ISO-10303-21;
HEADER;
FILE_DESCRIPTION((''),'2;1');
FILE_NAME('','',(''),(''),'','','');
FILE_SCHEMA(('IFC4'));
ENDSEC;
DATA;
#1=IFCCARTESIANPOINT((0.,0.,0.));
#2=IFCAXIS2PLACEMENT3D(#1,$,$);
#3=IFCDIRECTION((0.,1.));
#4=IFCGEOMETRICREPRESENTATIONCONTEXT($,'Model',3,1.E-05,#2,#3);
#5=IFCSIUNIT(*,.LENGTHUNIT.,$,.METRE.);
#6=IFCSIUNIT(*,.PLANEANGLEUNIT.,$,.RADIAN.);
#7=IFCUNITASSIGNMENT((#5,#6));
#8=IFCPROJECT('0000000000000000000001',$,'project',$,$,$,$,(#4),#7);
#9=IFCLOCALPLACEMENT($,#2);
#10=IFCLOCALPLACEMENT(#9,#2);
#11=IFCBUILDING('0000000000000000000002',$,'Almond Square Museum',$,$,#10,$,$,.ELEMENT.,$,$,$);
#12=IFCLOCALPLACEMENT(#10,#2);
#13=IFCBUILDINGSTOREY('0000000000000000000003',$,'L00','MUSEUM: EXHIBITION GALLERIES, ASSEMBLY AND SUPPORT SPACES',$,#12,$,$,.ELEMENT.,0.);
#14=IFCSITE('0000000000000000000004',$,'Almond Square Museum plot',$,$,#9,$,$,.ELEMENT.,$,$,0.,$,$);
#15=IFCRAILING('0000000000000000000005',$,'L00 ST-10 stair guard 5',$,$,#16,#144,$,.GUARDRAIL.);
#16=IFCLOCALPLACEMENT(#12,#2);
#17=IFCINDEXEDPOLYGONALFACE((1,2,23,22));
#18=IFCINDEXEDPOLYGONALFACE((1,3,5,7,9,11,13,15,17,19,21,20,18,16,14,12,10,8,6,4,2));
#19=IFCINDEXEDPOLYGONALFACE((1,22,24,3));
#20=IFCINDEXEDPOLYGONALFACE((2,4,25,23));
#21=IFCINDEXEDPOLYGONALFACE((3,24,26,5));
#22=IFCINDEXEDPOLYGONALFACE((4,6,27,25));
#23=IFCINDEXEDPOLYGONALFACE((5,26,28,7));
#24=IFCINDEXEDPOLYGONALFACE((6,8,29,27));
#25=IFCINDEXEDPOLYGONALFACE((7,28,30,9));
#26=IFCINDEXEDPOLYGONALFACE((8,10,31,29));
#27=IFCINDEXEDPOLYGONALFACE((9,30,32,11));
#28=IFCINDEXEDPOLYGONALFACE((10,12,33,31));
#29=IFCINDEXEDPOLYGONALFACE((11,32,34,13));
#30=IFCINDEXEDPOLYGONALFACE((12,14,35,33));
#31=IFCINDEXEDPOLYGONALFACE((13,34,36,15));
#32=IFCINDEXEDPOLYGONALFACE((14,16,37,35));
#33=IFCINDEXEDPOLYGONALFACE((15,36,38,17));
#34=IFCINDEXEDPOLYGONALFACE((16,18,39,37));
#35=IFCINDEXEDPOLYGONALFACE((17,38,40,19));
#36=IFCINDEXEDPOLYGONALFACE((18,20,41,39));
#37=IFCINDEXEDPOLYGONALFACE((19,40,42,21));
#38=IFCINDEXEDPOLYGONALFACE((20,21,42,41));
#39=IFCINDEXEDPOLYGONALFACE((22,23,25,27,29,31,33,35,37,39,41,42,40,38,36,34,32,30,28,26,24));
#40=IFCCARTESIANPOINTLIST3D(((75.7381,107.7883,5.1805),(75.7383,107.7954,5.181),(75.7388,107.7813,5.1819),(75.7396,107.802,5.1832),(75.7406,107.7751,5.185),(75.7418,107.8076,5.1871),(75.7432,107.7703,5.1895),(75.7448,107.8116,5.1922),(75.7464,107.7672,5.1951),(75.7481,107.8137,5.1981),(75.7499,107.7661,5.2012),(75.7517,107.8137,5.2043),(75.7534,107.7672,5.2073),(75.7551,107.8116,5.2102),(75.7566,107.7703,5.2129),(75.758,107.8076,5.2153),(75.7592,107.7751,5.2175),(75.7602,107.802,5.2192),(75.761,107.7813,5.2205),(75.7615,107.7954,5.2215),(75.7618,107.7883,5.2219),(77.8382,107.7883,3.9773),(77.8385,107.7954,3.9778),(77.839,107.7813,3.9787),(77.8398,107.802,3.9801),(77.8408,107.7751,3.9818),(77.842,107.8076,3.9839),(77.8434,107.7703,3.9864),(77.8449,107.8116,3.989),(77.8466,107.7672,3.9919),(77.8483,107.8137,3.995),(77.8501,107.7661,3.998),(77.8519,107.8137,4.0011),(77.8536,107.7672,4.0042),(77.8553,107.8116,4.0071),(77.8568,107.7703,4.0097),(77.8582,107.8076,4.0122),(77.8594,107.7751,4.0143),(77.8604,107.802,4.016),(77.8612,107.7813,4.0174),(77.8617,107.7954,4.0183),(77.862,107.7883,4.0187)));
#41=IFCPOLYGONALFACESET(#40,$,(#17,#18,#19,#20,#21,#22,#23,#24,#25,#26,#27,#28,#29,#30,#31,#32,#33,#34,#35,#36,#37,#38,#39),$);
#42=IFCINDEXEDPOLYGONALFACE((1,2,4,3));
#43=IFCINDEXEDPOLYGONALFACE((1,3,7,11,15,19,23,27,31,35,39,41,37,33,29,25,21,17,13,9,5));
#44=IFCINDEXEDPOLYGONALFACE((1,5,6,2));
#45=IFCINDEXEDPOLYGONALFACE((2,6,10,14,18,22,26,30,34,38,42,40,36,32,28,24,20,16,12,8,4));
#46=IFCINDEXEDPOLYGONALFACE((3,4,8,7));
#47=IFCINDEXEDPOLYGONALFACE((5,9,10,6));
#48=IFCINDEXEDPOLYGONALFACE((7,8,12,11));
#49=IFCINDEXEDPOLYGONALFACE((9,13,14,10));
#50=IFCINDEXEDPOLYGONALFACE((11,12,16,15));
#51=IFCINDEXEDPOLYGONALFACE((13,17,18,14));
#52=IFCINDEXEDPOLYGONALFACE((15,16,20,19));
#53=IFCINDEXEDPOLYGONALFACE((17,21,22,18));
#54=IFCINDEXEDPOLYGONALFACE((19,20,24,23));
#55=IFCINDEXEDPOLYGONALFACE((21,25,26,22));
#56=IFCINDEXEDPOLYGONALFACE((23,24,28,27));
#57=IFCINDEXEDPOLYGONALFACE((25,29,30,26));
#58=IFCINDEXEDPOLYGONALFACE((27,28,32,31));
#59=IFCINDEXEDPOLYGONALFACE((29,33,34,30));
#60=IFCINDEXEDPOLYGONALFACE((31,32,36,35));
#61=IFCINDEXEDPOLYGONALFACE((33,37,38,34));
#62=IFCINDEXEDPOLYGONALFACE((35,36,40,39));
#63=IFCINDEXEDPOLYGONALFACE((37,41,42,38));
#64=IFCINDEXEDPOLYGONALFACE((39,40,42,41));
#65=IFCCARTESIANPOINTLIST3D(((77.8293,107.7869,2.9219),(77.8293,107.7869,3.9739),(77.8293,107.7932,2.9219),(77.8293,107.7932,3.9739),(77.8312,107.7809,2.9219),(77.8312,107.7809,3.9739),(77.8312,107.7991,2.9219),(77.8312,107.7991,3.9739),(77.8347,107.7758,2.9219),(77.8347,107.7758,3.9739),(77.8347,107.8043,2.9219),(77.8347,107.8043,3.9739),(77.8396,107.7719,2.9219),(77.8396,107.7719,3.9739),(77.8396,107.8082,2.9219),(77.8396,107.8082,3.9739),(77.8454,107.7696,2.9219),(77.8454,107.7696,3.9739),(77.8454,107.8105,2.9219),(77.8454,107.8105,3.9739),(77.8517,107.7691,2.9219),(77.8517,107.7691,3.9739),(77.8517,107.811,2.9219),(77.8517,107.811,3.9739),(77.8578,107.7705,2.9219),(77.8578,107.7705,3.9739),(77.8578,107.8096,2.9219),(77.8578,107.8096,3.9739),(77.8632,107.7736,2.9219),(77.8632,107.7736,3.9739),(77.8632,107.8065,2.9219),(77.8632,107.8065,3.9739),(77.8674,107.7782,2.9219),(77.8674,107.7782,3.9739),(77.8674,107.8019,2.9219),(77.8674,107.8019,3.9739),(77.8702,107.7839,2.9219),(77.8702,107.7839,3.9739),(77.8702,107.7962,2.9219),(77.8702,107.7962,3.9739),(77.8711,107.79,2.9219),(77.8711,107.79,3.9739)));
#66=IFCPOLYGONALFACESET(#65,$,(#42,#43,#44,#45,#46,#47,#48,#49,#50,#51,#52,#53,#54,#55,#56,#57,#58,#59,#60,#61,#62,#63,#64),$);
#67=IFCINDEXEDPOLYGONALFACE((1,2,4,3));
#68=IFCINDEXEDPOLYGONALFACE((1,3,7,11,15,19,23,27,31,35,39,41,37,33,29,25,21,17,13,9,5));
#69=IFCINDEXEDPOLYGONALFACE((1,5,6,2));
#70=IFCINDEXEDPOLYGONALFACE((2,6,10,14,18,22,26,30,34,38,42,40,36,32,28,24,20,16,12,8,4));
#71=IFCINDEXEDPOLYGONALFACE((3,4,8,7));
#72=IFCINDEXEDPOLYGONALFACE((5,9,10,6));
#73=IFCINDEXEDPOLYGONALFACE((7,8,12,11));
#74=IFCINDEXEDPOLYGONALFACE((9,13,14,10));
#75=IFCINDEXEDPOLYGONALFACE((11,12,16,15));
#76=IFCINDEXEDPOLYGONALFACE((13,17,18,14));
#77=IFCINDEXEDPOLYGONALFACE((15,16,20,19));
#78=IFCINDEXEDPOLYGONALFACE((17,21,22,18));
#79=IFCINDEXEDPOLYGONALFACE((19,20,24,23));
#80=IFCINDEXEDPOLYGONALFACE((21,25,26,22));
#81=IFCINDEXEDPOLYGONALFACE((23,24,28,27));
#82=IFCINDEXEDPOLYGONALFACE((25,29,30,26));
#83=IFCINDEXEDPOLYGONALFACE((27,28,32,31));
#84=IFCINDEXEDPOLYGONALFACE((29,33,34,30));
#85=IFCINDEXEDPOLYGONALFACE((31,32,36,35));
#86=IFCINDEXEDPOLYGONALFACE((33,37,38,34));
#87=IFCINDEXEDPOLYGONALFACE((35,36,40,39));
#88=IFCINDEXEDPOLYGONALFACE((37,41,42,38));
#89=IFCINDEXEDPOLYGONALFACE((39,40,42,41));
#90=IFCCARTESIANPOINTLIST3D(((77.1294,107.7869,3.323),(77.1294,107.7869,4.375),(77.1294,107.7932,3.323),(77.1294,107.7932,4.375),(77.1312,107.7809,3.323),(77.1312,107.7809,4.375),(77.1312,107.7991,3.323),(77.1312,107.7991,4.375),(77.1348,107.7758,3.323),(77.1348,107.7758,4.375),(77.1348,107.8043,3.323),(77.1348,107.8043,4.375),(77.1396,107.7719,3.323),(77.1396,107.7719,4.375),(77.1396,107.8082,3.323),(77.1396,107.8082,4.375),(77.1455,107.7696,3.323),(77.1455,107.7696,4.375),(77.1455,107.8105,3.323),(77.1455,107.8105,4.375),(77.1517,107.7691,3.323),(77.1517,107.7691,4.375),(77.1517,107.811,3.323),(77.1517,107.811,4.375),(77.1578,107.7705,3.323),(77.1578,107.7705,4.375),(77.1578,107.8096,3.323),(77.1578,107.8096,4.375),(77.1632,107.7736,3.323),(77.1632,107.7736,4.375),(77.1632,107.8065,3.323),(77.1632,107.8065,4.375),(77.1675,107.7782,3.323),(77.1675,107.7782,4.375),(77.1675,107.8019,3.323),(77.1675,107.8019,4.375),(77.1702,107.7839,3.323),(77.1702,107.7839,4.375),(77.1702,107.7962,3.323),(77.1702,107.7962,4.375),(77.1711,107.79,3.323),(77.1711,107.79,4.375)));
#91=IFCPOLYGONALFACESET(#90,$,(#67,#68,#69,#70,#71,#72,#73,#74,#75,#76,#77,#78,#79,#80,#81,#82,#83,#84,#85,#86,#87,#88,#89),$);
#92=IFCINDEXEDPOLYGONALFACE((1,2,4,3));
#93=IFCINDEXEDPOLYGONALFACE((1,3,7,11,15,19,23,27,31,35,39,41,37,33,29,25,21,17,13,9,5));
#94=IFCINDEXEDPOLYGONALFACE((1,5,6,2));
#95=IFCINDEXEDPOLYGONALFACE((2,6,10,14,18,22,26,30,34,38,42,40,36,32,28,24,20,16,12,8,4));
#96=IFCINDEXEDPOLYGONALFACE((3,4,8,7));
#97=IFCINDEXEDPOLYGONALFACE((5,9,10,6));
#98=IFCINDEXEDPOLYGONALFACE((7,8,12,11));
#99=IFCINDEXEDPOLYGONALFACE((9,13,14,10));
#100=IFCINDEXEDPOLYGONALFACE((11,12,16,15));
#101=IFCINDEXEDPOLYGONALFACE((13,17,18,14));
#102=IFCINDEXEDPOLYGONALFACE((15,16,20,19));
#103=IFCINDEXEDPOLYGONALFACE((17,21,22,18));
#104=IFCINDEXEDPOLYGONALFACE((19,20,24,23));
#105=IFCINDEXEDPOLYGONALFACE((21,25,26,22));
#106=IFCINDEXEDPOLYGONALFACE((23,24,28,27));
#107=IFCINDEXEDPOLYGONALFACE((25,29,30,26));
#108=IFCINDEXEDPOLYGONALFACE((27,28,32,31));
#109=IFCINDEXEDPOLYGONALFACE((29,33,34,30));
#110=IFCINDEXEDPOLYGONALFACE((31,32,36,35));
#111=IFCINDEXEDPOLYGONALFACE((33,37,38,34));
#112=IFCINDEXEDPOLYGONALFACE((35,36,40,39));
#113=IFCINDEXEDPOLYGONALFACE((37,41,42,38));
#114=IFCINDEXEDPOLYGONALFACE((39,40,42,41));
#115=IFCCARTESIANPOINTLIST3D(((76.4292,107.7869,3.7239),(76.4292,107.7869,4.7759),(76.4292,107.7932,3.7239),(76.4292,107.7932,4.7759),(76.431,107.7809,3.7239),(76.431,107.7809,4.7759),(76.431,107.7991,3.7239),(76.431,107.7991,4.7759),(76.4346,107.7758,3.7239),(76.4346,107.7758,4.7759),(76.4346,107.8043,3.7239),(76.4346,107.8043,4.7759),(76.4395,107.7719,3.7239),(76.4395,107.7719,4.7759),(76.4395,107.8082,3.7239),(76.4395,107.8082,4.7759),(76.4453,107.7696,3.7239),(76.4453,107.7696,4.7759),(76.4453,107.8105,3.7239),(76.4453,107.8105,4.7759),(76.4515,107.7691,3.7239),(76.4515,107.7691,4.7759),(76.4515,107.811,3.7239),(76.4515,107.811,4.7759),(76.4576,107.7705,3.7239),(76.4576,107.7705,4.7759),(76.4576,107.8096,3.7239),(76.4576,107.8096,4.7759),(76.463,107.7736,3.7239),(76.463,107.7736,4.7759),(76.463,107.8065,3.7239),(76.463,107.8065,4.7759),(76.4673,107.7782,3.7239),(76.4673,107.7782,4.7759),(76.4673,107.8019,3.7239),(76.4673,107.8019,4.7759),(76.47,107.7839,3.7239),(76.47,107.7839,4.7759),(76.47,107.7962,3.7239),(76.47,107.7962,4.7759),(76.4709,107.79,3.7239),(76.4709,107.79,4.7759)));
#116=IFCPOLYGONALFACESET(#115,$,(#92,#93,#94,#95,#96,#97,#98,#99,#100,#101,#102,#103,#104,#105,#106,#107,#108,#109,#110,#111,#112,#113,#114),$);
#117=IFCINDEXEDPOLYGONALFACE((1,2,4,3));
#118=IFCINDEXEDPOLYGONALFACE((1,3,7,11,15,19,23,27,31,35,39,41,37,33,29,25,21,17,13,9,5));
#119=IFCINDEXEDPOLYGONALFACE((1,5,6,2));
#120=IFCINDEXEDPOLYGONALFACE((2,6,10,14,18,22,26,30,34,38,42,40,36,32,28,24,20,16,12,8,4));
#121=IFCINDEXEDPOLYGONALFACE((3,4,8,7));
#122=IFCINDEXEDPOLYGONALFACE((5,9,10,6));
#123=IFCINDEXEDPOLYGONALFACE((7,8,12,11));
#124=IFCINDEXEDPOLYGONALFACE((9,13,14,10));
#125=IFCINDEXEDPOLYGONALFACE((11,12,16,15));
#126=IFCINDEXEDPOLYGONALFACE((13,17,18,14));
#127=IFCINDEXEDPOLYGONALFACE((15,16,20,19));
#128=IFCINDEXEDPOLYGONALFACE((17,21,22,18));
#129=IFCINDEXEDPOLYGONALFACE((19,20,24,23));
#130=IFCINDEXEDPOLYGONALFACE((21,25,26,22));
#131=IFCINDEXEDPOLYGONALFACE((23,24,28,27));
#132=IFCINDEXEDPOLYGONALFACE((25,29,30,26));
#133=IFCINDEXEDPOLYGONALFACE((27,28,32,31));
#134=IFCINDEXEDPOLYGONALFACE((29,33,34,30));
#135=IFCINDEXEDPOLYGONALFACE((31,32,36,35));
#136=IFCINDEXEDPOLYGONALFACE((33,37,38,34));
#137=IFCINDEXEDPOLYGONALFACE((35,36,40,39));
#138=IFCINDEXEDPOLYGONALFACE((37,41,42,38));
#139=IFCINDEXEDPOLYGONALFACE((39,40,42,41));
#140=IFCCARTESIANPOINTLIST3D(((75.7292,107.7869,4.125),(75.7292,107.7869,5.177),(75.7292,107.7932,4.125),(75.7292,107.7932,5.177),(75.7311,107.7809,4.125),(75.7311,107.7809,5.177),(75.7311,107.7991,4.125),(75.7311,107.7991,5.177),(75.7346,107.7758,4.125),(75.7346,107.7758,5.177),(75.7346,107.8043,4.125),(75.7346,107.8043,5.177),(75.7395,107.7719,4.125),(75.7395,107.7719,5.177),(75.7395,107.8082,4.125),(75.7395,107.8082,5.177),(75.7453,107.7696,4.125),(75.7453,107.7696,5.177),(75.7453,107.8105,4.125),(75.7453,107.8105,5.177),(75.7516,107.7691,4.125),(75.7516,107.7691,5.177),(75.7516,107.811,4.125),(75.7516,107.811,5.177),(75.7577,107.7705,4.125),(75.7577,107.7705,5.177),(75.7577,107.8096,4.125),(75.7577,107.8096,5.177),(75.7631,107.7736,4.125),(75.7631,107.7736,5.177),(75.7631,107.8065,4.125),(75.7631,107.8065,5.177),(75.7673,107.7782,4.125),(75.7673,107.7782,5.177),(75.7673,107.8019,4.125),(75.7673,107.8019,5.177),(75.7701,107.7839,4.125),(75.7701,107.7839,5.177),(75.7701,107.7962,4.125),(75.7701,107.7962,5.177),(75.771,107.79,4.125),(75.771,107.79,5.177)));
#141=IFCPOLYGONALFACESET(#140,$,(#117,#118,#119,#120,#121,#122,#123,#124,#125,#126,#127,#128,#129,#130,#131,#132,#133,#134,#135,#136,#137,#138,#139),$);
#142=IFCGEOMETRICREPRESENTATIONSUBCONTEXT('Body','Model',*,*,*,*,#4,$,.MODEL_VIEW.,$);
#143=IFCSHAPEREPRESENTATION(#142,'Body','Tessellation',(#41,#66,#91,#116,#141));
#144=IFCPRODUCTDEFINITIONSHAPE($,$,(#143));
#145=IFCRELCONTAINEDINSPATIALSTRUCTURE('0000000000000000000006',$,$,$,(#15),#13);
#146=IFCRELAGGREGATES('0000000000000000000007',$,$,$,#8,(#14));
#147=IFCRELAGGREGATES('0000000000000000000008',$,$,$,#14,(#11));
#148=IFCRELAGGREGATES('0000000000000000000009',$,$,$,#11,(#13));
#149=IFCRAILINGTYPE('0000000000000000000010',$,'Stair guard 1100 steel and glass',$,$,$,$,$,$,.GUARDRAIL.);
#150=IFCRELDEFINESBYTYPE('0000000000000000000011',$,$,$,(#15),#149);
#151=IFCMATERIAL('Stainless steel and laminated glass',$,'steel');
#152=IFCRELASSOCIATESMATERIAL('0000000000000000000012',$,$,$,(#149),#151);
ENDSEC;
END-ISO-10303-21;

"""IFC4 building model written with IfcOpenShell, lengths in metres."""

from ifc_helpers import new_model, si_unit, direction, frame, origin, origin_2d, place, context, subcontext, project, spatial, circle, extrude, material, type_object, element, save


model = new_model("IFC4")

# Units and contexts
model_context = context("Model", 3, precision=1e-05, world=origin(), true_north=direction((0.0, 1.0)))
body_context = subcontext(model_context, "Body", "Model", "MODEL_VIEW")
ifc_project = project(units=[si_unit("LENGTHUNIT", "METRE"), si_unit("PLANEANGLEUNIT", "RADIAN")], contexts=[model_context])

# Site, building, storey
site_placement = place(None, origin())
site = spatial("IfcSite", under=ifc_project, at=site_placement, Name="Almond Square Museum plot", CompositionType="ELEMENT", RefElevation=0.0)
building_placement = place(site_placement, origin())
building = spatial("IfcBuilding", under=site, at=building_placement, Name="Almond Square Museum", CompositionType="ELEMENT")
storey_placement = place(building_placement, origin())
storey = spatial("IfcBuildingStorey", under=building, at=storey_placement, Name="L00", Description="MUSEUM: EXHIBITION GALLERIES, ASSEMBLY AND SUPPORT SPACES", CompositionType="ELEMENT", Elevation=0.0)

# Railing
ifc_material_1 = material(Name="Stainless steel and laminated glass", Category="steel")
railing_type_1 = type_object("IfcRailingType", Name="Stair guard 1100 steel and glass", PredefinedType="GUARDRAIL", material=ifc_material_1)
railing_1_placement = place(storey_placement, frame((77.8501, 107.79, 2.9219)))
element("IfcRailing", 1, at=railing_1_placement, inside=storey, type_object=railing_type_1, Name="L00 ST-10 stair guard 5", PredefinedType="GUARDRAIL", context=body_context, shape_type="SweptSolid", body=[
    extrude(circle(Radius=0.0239, at=origin_2d()), frame((0.0, 0.0, 1.0762), z_axis=(-0.867696, 0.0, 0.497095), x_axis=(0.0, -1.0, 0.0)), (0.0, 0.0, 1.0), 2.4204),
    extrude(circle(Radius=0.021, at=origin_2d()), origin(), (0.0, 0.0, 1.0), 1.052),
    extrude(circle(Radius=0.021, at=origin_2d()), frame((-0.7, 0.0, 0.4011)), (0.0, 0.0, 1.0), 1.052),
    extrude(circle(Radius=0.021, at=origin_2d()), frame((-1.4001, 0.0, 0.802)), (0.0, 0.0, 1.0), 1.052),
    extrude(circle(Radius=0.021, at=origin_2d()), frame((-2.1001, 0.0, 1.2031)), (0.0, 0.0, 1.0), 1.052),
])

save(model, "model.ifc")
